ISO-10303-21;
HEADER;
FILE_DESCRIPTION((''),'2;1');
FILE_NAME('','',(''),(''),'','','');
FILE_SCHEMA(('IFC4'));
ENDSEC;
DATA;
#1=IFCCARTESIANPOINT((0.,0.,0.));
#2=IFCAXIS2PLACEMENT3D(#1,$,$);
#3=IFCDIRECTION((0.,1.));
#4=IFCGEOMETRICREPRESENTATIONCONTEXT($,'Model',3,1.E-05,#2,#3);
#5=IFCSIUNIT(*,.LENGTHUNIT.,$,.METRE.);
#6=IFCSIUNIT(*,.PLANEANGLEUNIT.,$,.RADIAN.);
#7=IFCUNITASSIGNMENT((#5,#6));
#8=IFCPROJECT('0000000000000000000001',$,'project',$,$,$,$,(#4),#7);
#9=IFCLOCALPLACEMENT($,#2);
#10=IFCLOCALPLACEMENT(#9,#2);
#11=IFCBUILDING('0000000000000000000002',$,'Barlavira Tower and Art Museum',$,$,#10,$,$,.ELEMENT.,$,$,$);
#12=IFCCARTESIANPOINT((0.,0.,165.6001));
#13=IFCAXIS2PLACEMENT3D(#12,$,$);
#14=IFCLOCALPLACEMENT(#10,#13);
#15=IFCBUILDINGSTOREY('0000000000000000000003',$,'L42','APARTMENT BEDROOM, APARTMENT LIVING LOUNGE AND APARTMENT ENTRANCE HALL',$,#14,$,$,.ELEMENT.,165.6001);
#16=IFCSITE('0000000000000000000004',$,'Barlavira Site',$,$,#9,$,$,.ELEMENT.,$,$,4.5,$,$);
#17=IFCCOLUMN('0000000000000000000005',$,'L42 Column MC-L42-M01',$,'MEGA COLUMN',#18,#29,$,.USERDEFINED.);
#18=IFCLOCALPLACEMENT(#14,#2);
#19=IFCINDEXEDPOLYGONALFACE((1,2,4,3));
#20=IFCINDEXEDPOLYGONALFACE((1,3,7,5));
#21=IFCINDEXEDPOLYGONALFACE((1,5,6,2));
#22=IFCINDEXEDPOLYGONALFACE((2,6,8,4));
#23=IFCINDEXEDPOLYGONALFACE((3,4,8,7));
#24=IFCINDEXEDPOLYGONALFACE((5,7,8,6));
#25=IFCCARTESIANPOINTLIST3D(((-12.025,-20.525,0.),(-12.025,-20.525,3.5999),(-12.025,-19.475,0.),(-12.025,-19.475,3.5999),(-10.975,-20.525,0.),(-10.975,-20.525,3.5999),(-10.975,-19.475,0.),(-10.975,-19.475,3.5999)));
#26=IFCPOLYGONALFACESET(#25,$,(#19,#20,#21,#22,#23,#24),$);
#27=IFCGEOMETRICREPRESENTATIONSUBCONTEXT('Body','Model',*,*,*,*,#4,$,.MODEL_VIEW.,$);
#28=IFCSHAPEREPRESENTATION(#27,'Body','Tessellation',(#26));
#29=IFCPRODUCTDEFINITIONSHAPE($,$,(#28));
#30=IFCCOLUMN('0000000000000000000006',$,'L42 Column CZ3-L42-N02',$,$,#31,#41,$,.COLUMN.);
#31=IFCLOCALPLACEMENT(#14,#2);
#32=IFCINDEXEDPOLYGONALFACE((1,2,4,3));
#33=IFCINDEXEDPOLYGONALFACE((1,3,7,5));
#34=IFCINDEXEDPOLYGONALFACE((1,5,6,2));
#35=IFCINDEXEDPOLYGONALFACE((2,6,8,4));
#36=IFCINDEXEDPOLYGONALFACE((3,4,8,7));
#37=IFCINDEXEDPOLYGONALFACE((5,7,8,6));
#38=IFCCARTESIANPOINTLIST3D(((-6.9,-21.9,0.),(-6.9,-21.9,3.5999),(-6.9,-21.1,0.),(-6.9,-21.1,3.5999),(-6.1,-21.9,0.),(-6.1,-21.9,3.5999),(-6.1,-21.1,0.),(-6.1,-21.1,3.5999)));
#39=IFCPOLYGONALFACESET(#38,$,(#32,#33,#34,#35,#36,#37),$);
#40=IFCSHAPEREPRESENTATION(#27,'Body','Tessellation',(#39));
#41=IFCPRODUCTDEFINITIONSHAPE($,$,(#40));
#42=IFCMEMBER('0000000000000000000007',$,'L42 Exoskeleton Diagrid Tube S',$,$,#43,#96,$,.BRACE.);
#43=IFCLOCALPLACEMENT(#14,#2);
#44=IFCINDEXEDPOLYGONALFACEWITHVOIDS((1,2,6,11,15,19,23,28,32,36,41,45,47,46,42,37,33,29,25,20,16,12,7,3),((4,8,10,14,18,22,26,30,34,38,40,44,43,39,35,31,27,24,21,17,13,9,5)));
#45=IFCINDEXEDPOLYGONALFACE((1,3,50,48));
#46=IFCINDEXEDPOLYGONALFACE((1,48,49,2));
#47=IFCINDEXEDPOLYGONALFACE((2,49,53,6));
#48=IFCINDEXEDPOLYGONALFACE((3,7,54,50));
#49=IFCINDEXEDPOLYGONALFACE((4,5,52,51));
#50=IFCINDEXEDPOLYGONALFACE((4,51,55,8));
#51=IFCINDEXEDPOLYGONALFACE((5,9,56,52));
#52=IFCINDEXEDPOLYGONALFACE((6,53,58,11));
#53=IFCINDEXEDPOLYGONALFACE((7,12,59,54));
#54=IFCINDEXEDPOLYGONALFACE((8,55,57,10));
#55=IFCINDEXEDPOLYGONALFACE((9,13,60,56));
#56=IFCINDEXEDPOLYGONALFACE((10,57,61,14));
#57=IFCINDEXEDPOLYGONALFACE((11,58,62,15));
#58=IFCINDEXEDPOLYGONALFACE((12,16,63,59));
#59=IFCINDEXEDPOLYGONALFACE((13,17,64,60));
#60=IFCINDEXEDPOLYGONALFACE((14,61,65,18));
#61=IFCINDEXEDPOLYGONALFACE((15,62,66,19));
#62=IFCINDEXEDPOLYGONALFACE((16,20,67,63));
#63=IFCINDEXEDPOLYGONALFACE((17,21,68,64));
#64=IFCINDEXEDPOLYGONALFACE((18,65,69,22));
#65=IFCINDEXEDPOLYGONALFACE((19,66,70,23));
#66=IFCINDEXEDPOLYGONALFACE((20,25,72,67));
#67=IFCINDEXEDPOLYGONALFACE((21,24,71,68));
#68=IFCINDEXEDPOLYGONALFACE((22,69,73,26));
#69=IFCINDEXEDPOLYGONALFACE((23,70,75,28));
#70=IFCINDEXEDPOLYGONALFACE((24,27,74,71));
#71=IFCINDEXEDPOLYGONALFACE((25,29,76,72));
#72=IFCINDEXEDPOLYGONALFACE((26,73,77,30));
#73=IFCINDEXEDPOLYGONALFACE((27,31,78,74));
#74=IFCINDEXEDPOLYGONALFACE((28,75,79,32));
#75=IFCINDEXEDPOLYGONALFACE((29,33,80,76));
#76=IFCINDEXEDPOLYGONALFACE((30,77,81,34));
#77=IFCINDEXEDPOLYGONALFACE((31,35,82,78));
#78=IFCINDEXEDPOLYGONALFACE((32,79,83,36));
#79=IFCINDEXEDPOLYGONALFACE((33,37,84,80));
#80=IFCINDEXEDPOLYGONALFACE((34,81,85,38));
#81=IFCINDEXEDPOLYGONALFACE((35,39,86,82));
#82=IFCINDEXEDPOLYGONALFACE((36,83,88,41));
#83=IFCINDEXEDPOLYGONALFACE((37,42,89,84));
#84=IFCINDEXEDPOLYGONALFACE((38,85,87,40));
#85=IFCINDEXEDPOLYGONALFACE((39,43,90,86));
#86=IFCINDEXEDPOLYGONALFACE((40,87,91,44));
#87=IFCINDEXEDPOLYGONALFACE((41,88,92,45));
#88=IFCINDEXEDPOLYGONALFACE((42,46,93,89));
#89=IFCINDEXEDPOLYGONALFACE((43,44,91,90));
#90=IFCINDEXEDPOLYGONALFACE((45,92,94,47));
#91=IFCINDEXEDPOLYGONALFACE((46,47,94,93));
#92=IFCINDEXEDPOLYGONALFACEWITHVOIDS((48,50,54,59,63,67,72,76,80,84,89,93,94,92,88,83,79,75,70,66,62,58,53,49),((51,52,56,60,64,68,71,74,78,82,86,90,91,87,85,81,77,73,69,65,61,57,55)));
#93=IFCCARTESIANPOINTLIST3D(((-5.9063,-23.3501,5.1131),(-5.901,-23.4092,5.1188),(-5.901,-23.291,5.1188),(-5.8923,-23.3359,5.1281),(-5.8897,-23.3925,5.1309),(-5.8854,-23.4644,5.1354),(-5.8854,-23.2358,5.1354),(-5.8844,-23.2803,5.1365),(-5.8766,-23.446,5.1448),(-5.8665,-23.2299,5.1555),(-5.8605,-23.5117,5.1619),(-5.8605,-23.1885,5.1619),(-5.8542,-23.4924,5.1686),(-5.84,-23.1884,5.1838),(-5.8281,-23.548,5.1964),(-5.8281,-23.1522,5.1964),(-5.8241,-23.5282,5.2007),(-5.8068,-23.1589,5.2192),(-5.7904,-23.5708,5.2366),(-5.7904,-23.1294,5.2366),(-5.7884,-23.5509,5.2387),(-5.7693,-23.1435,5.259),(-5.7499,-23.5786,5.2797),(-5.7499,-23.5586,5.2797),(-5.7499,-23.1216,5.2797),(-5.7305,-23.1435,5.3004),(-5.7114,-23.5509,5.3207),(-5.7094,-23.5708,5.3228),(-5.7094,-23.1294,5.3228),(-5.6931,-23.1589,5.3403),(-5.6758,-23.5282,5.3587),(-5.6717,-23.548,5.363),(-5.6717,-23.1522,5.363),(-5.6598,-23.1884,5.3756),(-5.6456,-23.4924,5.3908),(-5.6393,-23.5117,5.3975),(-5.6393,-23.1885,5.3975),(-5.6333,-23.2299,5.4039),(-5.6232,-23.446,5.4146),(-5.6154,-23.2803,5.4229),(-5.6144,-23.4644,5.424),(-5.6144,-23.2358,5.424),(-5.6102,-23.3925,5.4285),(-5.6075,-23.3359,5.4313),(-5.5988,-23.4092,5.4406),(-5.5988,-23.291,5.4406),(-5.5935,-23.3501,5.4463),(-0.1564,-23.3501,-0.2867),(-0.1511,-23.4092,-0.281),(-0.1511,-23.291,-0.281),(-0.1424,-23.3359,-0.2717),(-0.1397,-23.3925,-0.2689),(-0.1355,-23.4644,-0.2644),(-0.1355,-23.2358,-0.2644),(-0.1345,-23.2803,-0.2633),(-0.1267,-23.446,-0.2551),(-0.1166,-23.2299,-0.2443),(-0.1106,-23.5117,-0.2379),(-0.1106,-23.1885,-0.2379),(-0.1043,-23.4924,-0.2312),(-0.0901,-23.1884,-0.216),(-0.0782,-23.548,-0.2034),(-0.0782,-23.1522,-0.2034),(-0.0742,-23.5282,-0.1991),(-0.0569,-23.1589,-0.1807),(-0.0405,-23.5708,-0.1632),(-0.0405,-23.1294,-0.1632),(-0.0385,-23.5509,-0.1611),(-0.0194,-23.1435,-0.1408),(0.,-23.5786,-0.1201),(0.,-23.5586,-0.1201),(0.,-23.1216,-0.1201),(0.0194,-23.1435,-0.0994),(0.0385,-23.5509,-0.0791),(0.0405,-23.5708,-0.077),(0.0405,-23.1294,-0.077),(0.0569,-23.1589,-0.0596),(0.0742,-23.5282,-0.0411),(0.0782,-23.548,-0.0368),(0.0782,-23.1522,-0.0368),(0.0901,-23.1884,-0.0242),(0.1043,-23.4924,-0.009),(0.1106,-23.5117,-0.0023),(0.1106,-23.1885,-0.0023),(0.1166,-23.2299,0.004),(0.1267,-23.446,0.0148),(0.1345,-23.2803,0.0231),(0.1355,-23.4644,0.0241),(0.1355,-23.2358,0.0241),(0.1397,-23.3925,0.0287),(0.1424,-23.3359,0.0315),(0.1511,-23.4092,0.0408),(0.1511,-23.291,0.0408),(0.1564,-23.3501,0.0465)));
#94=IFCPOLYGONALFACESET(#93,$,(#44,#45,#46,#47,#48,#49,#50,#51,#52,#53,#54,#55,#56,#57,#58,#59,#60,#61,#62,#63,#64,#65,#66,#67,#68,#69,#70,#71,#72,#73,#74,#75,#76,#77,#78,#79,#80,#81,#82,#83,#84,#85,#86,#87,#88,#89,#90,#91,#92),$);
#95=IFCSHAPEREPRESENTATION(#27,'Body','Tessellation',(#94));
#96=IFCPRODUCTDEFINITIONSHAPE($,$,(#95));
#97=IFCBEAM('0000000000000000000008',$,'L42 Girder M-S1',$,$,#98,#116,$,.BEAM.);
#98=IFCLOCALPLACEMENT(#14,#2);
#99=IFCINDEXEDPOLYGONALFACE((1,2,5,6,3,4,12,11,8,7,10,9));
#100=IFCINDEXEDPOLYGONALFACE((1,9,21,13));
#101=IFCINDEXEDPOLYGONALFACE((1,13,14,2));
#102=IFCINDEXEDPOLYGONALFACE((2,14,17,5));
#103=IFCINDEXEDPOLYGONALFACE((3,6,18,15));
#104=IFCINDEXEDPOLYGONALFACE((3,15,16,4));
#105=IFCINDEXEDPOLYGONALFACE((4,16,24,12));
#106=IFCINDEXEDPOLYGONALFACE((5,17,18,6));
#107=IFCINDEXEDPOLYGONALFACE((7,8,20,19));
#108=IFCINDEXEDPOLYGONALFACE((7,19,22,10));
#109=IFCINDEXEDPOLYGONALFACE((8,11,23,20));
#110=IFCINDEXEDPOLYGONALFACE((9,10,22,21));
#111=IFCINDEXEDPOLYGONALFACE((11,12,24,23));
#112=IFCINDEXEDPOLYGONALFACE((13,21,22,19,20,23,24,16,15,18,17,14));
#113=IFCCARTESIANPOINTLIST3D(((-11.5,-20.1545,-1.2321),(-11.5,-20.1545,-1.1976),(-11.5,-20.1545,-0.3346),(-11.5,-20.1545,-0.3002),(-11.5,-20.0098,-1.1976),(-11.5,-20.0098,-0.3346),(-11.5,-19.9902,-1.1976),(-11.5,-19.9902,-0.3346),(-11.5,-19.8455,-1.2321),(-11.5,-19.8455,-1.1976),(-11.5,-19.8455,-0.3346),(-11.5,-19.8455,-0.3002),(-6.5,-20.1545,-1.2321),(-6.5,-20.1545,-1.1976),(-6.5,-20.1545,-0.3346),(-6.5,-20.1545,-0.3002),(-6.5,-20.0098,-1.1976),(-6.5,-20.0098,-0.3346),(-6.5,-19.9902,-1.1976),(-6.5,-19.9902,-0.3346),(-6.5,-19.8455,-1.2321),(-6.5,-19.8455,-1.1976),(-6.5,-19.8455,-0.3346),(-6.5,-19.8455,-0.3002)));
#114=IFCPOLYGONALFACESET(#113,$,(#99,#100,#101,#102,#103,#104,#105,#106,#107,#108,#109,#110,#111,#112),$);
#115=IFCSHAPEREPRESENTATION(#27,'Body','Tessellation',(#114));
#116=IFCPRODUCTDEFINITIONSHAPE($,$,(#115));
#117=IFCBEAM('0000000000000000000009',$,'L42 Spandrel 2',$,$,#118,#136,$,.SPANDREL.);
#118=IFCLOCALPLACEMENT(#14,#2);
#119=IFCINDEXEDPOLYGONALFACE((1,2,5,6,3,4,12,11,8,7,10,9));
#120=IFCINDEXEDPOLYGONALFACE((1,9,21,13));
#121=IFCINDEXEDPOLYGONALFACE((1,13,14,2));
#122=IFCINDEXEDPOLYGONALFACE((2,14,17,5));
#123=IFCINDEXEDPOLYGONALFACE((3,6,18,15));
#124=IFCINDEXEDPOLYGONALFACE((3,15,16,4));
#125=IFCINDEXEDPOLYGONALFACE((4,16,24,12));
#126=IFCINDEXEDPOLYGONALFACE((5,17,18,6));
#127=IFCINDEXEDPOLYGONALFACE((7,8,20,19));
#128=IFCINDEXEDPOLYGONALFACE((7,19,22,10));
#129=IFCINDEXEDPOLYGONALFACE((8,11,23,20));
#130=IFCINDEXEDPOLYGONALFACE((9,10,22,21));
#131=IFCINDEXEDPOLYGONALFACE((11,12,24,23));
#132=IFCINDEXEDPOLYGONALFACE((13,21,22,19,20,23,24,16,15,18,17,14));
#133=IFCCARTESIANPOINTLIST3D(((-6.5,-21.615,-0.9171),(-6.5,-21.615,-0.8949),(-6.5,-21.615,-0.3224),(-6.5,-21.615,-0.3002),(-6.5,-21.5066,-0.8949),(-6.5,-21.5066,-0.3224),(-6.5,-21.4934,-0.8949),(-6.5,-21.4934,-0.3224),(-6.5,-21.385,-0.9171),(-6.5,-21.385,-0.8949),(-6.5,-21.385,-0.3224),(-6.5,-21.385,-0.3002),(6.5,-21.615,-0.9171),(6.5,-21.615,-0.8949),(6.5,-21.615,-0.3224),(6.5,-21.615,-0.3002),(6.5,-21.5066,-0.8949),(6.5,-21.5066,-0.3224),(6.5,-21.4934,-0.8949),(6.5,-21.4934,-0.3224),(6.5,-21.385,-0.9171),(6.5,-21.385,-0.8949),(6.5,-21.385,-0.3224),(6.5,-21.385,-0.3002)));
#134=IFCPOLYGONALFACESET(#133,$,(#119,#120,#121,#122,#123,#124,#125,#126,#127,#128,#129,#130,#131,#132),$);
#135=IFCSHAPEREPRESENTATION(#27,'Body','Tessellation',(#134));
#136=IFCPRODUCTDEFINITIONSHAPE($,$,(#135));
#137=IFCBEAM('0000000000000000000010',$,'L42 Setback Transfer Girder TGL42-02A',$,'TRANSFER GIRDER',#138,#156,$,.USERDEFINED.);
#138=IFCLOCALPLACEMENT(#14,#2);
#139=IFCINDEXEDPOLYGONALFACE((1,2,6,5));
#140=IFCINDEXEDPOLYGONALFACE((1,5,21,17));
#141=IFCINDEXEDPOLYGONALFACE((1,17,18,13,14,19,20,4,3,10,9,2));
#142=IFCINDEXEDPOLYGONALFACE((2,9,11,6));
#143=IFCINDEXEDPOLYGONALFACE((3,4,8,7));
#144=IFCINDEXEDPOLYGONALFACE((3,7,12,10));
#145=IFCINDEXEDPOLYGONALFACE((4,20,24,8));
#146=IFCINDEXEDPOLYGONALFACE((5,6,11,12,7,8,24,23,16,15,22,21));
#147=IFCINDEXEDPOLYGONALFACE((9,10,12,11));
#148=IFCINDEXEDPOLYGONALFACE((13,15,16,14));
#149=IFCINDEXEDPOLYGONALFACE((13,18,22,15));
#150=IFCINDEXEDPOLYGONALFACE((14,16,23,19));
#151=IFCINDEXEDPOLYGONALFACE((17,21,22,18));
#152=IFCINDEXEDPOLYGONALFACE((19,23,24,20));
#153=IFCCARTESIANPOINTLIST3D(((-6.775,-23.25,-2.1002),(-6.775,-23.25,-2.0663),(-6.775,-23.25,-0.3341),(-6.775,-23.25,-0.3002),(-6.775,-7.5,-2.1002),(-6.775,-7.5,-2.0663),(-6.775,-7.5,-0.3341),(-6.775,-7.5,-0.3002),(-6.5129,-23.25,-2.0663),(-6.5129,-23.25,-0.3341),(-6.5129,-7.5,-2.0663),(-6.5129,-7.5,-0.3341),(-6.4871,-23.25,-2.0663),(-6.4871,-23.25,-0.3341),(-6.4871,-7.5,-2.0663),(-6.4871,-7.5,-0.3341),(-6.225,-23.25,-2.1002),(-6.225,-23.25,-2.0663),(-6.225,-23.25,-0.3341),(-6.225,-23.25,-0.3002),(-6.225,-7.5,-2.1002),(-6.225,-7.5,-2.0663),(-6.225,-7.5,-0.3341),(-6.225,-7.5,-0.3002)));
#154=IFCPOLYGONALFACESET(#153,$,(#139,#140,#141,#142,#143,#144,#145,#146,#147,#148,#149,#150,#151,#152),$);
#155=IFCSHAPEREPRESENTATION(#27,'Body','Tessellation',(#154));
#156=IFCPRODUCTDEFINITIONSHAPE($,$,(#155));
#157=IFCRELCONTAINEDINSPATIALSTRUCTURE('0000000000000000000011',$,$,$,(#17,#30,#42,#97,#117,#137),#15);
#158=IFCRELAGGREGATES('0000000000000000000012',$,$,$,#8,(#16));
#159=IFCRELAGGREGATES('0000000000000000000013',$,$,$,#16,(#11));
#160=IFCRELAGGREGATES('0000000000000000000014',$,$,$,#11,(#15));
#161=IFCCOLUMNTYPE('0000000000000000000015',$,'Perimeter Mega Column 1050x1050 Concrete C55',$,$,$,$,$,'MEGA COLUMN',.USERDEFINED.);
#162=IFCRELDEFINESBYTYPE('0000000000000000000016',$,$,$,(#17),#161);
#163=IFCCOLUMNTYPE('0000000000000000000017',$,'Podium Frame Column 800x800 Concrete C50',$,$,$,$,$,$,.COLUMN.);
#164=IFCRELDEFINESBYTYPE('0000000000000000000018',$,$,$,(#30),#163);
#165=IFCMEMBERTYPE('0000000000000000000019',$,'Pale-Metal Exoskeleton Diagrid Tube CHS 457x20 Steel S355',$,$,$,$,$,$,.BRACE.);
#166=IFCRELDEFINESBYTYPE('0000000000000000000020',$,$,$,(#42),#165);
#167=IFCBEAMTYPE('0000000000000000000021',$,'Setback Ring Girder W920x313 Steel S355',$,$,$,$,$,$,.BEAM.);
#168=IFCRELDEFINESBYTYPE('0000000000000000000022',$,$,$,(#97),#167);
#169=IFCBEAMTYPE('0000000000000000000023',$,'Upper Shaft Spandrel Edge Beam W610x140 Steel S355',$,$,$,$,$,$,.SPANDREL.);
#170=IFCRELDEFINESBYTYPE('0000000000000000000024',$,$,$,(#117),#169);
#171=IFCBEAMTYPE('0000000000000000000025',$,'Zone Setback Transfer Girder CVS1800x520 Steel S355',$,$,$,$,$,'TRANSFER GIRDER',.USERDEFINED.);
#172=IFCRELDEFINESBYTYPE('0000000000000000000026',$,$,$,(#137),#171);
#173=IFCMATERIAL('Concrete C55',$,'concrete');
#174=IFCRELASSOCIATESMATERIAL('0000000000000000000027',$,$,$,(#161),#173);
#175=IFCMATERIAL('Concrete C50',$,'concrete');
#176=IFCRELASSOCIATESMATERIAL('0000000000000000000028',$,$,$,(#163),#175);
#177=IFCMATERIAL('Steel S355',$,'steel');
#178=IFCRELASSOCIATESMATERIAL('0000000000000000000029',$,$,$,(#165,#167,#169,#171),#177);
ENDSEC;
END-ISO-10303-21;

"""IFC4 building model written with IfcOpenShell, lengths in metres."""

from ifc_helpers import new_model, si_unit, direction, frame, origin, origin_2d, place, context, subcontext, project, spatial, rectangle, hollow_circle, i_section, extrude, material, material_profile, profile_set, type_object, element, save


model = new_model("IFC4")

# Units and contexts
model_context = context("Model", 3, precision=1e-05, world=origin(), true_north=direction((0.0, 1.0)))
body_context = subcontext(model_context, "Body", "Model", "MODEL_VIEW")
ifc_project = project(units=[si_unit("LENGTHUNIT", "METRE"), si_unit("PLANEANGLEUNIT", "RADIAN")], contexts=[model_context])

# Site, building, storey
site_placement = place(None, origin())
site = spatial("IfcSite", under=ifc_project, at=site_placement, Name="Barlavira Site", CompositionType="ELEMENT", RefElevation=4.5)
building_placement = place(site_placement, origin())
building = spatial("IfcBuilding", under=site, at=building_placement, Name="Barlavira Tower and Art Museum", CompositionType="ELEMENT")
storey_placement = place(building_placement, frame((0.0, 0.0, 165.6001)))
storey = spatial("IfcBuildingStorey", under=building, at=storey_placement, Name="L42", Description="APARTMENT BEDROOM, APARTMENT LIVING LOUNGE AND APARTMENT ENTRANCE HALL", CompositionType="ELEMENT", Elevation=165.6001)

# Columns
ifc_material_1 = material(Name="Concrete C55", Category="concrete")
ifc_material_profile_1 = material_profile(ifc_material_1, rectangle(XDim=1.05, YDim=1.05, at=origin_2d()), Name="RC-COL 1050x1050")
ifc_profile_set_1 = profile_set([ifc_material_profile_1], Name="Concrete C55")
column_type_1 = type_object("IfcColumnType", Name="Perimeter Mega Column 1050x1050 Concrete C55", ElementType="MEGA COLUMN", PredefinedType="USERDEFINED", material=ifc_profile_set_1)
column_1_placement = place(storey_placement, frame((-11.5, -20.0, 0.0), z_axis=(0.0, 0.0, 1.0), x_axis=(1.0, 0.0, 0.0)))
element("IfcColumn", 1, at=column_1_placement, inside=storey, type_object=column_type_1, Name="L42 Column MC-L42-M01", ObjectType="MEGA COLUMN", PredefinedType="USERDEFINED", context=body_context, shape_type="SweptSolid", body=[
    extrude(rectangle(XDim=1.05, YDim=1.05, at=origin_2d()), origin(), (0.0, 0.0, 1.0), 3.5999),
])
ifc_material_2 = material(Name="Concrete C50", Category="concrete")
ifc_material_profile_2 = material_profile(ifc_material_2, rectangle(XDim=0.8, YDim=0.8, at=origin_2d()), Name="RC-COL 800x800")
ifc_profile_set_2 = profile_set([ifc_material_profile_2], Name="Concrete C50")
column_type_2 = type_object("IfcColumnType", Name="Podium Frame Column 800x800 Concrete C50", PredefinedType="COLUMN", material=ifc_profile_set_2)
column_2_placement = place(storey_placement, frame((-6.5, -21.5, 0.0), z_axis=(0.0, 0.0, 1.0), x_axis=(1.0, 0.0, 0.0)))
element("IfcColumn", 2, at=column_2_placement, inside=storey, type_object=column_type_2, Name="L42 Column CZ3-L42-N02", PredefinedType="COLUMN", context=body_context, shape_type="SweptSolid", body=[
    extrude(rectangle(XDim=0.8, YDim=0.8, at=origin_2d()), origin(), (0.0, 0.0, 1.0), 3.5999),
])

# Member
ifc_material_3 = material(Name="Steel S355", Category="steel")
ifc_material_profile_3 = material_profile(ifc_material_3, hollow_circle(Radius=0.2285, WallThickness=0.02, at=origin_2d()), Name="CHS 457.0x20.0")
ifc_profile_set_3 = profile_set([ifc_material_profile_3], Name="Steel S355")
member_type = type_object("IfcMemberType", Name="Pale-Metal Exoskeleton Diagrid Tube CHS 457x20 Steel S355", PredefinedType="BRACE", material=ifc_profile_set_3)
member_placement = place(storey_placement, frame((0.0, -23.3501, -0.1201), z_axis=(-0.72895, 0.0, 0.684567), x_axis=(0.0, -1.0, 0.0)))
element("IfcMember", 3, at=member_placement, inside=storey, type_object=member_type, Name="L42 Exoskeleton Diagrid Tube S", PredefinedType="BRACE", context=body_context, shape_type="SweptSolid", body=[
    extrude(hollow_circle(Radius=0.2285, WallThickness=0.02, at=origin_2d()), origin(), (0.0, 0.0, 1.0), 7.8879),
])

# Beams
ifc_material_profile_4 = material_profile(ifc_material_3, i_section(OverallWidth=0.3091, OverallDepth=0.9319, WebThickness=0.0195, FlangeThickness=0.0344, at=origin_2d()), Name="W920x313.0")
ifc_profile_set_4 = profile_set([ifc_material_profile_4], Name="Steel S355")
beam_type_1 = type_object("IfcBeamType", Name="Setback Ring Girder W920x313 Steel S355", PredefinedType="BEAM", material=ifc_profile_set_4)
beam_1_placement = place(storey_placement, frame((-11.5, -20.0, -0.7661), z_axis=(1.0, 0.0, 0.0), x_axis=(0.0, 1.0, 0.0)))
element("IfcBeam", 4, at=beam_1_placement, inside=storey, type_object=beam_type_1, Name="L42 Girder M-S1", PredefinedType="BEAM", context=body_context, shape_type="SweptSolid", body=[
    extrude(i_section(OverallWidth=0.3091, OverallDepth=0.9319, WebThickness=0.0195, FlangeThickness=0.0344, at=origin_2d()), origin(), (0.0, 0.0, 1.0), 5.0),
])
ifc_material_profile_5 = material_profile(ifc_material_3, i_section(OverallWidth=0.23, OverallDepth=0.6169, WebThickness=0.0132, FlangeThickness=0.0222, at=origin_2d()), Name="W610x140.0")
ifc_profile_set_5 = profile_set([ifc_material_profile_5], Name="Steel S355")
beam_type_2 = type_object("IfcBeamType", Name="Upper Shaft Spandrel Edge Beam W610x140 Steel S355", PredefinedType="SPANDREL", material=ifc_profile_set_5)
beam_2_placement = place(storey_placement, frame((-6.5, -21.5, -0.6086), z_axis=(1.0, 0.0, 0.0), x_axis=(0.0, 1.0, 0.0)))
element("IfcBeam", 5, at=beam_2_placement, inside=storey, type_object=beam_type_2, Name="L42 Spandrel 2", PredefinedType="SPANDREL", context=body_context, shape_type="SweptSolid", body=[
    extrude(i_section(OverallWidth=0.23, OverallDepth=0.6169, WebThickness=0.0132, FlangeThickness=0.0222, at=origin_2d()), origin(), (0.0, 0.0, 1.0), 13.0),
])
ifc_material_profile_6 = material_profile(ifc_material_3, i_section(OverallWidth=0.55, OverallDepth=1.8, WebThickness=0.0259, FlangeThickness=0.0339, at=origin_2d()), Name="CVS1800x520")
ifc_profile_set_6 = profile_set([ifc_material_profile_6], Name="Steel S355")
beam_type_3 = type_object("IfcBeamType", Name="Zone Setback Transfer Girder CVS1800x520 Steel S355", ElementType="TRANSFER GIRDER", PredefinedType="USERDEFINED", material=ifc_profile_set_6)
beam_3_placement = place(storey_placement, frame((-6.5, -23.25, -1.2002), z_axis=(0.0, 1.0, 0.0), x_axis=(-1.0, 0.0, 0.0)))
element("IfcBeam", 6, at=beam_3_placement, inside=storey, type_object=beam_type_3, Name="L42 Setback Transfer Girder TGL42-02A", ObjectType="TRANSFER GIRDER", PredefinedType="USERDEFINED", context=body_context, shape_type="SweptSolid", body=[
    extrude(i_section(OverallWidth=0.55, OverallDepth=1.8, WebThickness=0.0259, FlangeThickness=0.0339, at=origin_2d()), origin(), (0.0, 0.0, 1.0), 15.75),
])

save(model, "model.ifc")
